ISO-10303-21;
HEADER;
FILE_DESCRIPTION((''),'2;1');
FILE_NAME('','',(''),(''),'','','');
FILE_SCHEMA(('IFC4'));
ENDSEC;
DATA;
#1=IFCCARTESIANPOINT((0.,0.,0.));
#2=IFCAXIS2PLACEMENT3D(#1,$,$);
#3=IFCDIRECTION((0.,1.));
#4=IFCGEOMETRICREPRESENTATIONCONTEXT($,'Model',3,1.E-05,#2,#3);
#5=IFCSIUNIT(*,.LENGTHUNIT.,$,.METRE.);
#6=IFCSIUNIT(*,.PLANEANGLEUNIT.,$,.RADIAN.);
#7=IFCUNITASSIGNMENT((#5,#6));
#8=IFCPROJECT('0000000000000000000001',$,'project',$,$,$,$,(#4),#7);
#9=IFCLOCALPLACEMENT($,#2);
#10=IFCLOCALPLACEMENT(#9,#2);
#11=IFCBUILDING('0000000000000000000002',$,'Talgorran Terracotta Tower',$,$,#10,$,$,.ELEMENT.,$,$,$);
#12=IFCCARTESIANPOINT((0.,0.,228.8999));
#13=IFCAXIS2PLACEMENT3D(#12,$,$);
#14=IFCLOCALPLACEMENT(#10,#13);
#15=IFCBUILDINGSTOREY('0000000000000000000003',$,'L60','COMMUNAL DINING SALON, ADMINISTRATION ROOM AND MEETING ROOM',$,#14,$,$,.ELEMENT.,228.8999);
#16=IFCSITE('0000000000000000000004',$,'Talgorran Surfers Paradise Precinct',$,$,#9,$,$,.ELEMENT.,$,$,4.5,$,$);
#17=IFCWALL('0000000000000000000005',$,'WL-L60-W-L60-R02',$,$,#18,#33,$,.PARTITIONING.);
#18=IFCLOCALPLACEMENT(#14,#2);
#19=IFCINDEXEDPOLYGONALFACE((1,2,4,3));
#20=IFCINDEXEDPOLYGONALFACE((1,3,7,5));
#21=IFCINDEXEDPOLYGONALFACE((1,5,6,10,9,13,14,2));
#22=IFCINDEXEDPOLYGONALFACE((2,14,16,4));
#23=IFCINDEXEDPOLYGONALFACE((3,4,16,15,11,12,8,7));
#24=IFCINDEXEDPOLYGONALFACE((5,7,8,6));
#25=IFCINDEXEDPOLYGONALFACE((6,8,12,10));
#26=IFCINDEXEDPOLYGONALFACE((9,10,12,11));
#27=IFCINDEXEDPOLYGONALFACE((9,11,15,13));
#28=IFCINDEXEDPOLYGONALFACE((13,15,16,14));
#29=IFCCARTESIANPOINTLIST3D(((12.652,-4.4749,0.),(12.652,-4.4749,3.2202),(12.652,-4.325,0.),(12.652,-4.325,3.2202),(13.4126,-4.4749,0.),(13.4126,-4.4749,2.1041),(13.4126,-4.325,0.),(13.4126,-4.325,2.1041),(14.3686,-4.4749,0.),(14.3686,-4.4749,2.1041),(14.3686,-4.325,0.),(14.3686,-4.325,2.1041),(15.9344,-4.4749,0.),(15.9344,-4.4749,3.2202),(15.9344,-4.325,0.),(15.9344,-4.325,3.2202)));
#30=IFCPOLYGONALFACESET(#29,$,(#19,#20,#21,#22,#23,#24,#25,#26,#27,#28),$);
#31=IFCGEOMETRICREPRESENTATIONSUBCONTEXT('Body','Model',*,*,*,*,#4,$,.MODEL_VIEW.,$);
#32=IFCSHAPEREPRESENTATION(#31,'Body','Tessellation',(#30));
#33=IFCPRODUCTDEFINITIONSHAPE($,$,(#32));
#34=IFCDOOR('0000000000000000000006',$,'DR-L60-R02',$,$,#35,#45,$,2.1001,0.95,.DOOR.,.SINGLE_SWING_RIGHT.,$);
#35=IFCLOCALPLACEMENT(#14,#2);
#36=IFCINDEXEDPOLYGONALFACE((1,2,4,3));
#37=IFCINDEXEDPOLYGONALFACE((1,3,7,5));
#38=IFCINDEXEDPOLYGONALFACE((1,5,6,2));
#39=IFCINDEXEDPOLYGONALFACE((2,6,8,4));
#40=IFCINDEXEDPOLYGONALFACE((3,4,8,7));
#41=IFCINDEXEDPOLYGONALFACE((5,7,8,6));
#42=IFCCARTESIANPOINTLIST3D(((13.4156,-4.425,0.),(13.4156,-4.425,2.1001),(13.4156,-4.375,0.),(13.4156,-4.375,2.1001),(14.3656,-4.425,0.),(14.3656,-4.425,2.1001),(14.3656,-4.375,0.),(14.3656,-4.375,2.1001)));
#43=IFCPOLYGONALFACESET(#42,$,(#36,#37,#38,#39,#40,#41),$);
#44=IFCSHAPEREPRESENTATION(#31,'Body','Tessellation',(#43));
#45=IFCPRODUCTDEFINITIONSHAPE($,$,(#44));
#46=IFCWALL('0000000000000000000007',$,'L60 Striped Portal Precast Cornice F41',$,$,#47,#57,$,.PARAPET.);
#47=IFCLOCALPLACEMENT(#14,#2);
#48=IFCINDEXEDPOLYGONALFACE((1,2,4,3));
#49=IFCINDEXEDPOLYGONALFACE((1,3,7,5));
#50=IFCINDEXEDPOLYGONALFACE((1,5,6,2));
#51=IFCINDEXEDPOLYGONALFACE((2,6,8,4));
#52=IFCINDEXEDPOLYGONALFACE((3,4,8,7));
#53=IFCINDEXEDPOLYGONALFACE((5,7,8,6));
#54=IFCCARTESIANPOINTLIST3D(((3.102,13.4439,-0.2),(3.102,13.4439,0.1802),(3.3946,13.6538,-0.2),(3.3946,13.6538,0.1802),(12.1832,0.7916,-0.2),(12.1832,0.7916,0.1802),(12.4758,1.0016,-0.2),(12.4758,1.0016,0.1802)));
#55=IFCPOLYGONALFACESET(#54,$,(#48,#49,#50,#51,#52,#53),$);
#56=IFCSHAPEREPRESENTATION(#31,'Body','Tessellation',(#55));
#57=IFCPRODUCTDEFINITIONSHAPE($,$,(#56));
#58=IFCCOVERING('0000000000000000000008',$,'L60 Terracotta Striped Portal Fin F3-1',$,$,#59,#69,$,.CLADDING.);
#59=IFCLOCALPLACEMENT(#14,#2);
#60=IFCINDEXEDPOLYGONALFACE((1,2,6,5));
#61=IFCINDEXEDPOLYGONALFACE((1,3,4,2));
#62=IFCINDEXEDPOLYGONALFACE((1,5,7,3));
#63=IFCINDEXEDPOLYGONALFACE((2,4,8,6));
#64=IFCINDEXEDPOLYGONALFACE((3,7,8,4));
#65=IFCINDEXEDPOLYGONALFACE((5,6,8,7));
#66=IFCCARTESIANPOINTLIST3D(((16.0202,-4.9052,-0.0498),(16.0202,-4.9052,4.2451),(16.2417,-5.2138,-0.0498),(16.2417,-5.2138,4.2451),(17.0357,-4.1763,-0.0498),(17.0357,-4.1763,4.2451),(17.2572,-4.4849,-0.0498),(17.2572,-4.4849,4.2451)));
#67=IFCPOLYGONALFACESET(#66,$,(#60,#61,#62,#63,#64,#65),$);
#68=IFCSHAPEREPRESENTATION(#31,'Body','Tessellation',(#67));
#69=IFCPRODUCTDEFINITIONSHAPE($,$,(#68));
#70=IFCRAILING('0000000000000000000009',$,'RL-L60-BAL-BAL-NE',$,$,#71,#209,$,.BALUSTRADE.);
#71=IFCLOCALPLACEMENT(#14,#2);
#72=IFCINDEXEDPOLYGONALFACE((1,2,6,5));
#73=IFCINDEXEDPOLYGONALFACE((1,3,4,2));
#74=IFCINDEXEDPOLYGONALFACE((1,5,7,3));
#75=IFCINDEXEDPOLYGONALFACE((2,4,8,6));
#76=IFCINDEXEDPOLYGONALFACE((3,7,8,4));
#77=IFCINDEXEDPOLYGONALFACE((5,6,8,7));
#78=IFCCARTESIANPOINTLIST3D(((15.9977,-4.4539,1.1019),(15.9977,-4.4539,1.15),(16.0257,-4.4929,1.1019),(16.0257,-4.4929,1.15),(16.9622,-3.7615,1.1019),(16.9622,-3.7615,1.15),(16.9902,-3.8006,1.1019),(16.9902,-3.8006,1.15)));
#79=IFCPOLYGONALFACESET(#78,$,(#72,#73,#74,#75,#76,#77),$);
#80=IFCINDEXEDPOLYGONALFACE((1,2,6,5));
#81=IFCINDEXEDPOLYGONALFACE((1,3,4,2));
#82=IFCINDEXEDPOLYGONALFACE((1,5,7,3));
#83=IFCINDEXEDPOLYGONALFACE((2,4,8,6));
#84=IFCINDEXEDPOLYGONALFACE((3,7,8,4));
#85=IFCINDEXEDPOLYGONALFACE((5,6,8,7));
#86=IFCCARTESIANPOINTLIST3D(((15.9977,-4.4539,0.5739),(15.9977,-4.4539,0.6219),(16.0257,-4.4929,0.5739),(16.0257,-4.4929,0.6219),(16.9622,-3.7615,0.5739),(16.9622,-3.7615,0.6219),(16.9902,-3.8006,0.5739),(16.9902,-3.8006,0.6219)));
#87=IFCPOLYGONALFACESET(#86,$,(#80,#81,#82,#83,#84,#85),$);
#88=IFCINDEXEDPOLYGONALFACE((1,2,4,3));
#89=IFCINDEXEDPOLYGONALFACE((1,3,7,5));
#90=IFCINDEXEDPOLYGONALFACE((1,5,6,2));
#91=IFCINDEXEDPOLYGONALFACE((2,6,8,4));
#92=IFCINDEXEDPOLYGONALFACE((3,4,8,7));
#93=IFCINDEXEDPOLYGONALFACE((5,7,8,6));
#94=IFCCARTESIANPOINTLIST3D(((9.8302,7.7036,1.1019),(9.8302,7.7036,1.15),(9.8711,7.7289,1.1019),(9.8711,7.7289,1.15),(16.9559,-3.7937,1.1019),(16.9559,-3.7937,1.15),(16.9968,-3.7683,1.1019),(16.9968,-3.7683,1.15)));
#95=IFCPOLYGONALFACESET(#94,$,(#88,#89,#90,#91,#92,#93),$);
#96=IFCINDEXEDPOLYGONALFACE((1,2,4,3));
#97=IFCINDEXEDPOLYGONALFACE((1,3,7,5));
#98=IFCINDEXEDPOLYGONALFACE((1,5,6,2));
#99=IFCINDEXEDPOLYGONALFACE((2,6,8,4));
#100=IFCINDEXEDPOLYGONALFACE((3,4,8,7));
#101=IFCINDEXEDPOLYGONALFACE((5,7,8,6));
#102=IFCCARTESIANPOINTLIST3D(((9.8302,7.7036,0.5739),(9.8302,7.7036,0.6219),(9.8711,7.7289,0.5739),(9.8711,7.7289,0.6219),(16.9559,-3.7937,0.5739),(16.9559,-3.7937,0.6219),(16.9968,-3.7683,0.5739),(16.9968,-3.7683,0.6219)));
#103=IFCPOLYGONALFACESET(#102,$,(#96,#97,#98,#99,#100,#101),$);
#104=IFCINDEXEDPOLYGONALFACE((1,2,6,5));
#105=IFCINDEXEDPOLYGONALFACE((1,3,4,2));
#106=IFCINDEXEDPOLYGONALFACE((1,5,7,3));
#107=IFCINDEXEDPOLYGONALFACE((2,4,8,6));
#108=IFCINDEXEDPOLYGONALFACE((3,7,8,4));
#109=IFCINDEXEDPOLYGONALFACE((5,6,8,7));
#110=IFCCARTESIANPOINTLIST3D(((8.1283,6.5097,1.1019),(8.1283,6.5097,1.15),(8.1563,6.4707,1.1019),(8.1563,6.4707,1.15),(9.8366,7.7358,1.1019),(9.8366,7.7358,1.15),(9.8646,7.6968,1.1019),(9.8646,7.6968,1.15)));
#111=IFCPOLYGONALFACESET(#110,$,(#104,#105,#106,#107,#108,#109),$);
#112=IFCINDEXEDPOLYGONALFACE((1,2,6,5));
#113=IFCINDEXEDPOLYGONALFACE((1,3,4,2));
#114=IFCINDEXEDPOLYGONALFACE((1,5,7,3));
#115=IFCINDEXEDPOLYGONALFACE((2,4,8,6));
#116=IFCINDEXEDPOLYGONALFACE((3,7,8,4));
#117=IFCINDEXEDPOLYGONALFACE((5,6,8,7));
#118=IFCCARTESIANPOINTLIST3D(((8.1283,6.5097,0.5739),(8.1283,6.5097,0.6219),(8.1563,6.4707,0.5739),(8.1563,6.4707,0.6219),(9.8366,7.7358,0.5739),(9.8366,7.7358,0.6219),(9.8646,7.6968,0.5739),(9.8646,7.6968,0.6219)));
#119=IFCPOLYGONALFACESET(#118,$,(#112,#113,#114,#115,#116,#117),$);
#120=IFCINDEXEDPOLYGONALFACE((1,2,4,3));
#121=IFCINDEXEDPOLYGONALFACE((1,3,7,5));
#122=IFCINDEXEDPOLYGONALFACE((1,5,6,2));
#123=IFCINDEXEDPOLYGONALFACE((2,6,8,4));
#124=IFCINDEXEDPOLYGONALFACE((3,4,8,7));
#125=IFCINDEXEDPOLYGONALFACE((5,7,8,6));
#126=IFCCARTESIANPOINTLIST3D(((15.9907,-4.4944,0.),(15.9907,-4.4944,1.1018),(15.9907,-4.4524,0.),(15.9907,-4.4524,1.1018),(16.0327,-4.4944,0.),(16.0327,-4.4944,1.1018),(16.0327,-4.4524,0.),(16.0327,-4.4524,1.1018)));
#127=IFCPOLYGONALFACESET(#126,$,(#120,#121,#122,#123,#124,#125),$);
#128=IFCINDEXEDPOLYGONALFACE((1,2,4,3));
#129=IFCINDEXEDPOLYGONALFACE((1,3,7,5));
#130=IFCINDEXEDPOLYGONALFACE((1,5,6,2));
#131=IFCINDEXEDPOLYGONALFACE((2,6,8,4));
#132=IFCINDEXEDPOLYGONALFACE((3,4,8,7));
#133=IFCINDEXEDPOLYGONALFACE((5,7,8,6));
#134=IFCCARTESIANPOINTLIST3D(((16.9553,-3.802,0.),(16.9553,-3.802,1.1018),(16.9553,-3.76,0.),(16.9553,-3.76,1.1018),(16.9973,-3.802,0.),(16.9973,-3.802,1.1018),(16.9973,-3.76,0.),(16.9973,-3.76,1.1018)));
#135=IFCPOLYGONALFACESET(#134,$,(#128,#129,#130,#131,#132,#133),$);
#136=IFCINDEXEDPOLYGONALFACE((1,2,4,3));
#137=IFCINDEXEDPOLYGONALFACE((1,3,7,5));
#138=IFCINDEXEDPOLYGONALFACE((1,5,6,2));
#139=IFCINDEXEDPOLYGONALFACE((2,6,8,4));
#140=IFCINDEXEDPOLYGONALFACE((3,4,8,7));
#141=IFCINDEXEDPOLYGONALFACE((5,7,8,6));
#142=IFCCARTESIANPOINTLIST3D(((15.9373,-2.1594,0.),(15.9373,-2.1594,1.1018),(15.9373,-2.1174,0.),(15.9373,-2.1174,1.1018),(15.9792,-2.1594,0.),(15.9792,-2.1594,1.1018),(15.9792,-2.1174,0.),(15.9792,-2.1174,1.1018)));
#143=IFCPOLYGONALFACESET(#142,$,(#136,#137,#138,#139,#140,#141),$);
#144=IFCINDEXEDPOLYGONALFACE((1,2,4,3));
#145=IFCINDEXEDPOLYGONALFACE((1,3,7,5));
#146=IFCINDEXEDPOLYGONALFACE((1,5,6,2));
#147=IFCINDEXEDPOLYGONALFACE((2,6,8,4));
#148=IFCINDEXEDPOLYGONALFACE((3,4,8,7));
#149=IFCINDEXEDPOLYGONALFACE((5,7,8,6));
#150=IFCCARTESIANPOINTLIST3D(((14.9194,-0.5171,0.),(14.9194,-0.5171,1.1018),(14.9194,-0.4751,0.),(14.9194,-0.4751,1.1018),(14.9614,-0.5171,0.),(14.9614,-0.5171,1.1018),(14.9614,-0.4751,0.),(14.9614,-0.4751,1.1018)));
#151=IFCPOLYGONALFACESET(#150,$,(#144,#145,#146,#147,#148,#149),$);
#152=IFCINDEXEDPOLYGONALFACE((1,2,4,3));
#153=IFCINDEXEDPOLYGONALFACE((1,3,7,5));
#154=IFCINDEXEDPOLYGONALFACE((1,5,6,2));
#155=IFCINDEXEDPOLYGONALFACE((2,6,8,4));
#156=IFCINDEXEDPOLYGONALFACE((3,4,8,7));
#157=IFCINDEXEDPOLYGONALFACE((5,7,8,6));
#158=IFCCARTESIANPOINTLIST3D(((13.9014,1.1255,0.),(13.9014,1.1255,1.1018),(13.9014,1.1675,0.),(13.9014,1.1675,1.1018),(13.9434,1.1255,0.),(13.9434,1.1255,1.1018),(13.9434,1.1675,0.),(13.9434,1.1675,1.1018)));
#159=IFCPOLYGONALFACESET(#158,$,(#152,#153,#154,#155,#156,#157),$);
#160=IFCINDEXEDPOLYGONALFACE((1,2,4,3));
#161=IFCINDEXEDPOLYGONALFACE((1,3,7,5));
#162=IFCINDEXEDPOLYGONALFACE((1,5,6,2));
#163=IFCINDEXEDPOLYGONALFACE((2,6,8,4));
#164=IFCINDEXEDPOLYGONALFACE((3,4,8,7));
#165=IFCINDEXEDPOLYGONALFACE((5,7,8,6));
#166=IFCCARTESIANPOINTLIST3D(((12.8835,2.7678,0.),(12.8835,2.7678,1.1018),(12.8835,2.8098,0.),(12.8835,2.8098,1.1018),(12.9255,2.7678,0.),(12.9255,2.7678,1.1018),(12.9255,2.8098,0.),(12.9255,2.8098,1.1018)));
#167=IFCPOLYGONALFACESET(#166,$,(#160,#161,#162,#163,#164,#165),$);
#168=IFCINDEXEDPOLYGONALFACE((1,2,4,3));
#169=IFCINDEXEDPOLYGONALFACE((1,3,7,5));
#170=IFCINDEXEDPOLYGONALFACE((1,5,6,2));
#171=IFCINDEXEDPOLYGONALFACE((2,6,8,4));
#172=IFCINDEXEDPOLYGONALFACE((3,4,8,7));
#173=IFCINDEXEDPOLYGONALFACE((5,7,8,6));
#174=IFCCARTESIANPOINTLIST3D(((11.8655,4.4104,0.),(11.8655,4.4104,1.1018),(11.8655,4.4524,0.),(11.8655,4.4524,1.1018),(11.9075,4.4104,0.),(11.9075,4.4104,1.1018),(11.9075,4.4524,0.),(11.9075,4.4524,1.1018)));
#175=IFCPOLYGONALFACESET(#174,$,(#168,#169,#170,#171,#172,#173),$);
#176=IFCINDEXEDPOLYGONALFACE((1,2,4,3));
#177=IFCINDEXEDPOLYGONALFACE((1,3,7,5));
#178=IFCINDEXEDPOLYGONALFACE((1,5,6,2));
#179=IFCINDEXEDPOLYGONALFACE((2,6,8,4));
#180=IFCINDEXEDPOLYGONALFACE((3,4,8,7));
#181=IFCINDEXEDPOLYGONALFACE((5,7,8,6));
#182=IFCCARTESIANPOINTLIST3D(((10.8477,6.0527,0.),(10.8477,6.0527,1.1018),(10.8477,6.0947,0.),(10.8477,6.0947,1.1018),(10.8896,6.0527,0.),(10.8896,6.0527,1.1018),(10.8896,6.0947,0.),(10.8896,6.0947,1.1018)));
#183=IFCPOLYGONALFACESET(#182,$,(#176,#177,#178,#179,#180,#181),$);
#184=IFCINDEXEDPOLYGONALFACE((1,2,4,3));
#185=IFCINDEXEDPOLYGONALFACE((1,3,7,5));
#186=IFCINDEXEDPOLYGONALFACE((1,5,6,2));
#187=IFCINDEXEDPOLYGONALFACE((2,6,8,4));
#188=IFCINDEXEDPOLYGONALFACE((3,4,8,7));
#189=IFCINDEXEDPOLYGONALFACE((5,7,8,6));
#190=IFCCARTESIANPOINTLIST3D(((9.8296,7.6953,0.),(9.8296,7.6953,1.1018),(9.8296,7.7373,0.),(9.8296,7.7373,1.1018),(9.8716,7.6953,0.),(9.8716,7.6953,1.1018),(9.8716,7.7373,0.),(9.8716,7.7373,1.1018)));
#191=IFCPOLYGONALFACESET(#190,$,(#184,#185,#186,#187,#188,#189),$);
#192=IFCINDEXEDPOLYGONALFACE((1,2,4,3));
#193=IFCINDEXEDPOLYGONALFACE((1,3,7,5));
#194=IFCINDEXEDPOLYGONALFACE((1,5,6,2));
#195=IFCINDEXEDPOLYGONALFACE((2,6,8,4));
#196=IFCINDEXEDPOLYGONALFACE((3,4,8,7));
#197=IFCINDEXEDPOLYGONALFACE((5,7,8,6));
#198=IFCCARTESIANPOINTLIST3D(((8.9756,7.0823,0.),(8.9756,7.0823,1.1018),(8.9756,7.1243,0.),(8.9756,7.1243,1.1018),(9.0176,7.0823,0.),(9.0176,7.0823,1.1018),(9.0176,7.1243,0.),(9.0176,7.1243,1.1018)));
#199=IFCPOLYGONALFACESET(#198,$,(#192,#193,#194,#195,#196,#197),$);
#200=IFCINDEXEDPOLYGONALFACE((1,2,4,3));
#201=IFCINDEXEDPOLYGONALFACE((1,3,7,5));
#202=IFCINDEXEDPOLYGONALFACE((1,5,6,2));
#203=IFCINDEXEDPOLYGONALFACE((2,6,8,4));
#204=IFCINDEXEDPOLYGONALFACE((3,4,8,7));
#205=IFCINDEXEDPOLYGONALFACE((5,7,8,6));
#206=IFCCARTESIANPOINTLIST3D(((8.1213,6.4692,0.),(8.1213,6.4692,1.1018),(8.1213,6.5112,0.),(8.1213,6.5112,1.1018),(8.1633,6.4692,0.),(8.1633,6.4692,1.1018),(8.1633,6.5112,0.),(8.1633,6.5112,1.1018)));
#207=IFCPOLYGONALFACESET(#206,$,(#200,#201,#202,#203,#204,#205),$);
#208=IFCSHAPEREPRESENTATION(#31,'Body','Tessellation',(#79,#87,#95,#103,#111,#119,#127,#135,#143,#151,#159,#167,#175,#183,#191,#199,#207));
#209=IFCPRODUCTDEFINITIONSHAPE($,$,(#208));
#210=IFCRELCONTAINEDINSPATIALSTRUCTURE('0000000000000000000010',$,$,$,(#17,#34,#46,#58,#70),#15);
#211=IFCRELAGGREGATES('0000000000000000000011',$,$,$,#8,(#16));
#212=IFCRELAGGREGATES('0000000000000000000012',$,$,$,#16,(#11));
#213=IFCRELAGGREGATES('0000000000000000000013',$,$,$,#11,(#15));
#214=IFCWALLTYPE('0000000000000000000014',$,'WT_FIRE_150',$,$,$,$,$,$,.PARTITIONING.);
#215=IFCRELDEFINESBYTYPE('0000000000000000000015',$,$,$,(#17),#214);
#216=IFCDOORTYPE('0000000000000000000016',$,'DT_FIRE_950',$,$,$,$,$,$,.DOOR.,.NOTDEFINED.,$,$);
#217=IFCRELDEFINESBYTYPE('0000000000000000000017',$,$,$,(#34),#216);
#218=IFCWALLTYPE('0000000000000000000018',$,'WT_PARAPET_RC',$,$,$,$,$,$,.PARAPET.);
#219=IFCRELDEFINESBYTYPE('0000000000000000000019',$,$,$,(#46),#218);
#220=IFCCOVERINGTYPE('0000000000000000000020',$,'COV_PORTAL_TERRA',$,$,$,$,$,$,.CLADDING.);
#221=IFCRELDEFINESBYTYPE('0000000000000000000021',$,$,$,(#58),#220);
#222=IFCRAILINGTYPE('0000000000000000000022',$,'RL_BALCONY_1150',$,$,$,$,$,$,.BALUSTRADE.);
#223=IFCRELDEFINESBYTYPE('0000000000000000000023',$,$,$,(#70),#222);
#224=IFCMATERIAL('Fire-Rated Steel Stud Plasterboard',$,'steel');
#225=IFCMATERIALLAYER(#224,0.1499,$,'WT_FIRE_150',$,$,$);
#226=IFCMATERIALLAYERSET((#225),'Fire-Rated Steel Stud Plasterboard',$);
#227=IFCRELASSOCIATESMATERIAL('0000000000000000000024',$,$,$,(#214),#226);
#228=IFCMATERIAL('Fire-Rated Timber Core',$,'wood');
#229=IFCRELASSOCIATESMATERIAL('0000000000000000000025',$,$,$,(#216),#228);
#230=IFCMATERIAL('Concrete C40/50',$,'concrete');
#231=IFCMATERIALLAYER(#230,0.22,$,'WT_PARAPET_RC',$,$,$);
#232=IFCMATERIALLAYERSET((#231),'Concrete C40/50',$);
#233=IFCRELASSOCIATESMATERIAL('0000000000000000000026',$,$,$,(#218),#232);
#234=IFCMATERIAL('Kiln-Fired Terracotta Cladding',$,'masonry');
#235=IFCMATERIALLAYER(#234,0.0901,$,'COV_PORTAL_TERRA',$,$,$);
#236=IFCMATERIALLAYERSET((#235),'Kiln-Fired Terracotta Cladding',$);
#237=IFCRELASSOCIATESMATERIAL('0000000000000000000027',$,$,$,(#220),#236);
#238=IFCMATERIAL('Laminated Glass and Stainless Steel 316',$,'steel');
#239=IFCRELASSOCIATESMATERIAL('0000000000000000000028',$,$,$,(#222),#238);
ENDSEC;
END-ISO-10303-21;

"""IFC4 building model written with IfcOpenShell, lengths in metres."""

from ifc_helpers import new_model, si_unit, direction, frame, frame_2d, origin, origin_2d, place, context, subcontext, project, spatial, rectangle, extrude, material, layer, layer_set, type_object, element, fill, save


model = new_model("IFC4")

# Units and contexts
model_context = context("Model", 3, precision=1e-05, world=origin(), true_north=direction((0.0, 1.0)))
body_context = subcontext(model_context, "Body", "Model", "MODEL_VIEW")
ifc_project = project(units=[si_unit("LENGTHUNIT", "METRE"), si_unit("PLANEANGLEUNIT", "RADIAN")], contexts=[model_context])

# Site, building, storey
site_placement = place(None, origin())
site = spatial("IfcSite", under=ifc_project, at=site_placement, Name="Talgorran Surfers Paradise Precinct", CompositionType="ELEMENT", RefElevation=4.5)
building_placement = place(site_placement, origin())
building = spatial("IfcBuilding", under=site, at=building_placement, Name="Talgorran Terracotta Tower", CompositionType="ELEMENT")
storey_placement = place(building_placement, frame((0.0, 0.0, 228.8999)))
storey = spatial("IfcBuildingStorey", under=building, at=storey_placement, Name="L60", Description="COMMUNAL DINING SALON, ADMINISTRATION ROOM AND MEETING ROOM", CompositionType="ELEMENT", Elevation=228.8999)

# Shared definitions
ifc_material_1 = material(Name="Concrete C40/50", Category="concrete")

# Wall, opening, door
ifc_material_2 = material(Name="Fire-Rated Steel Stud Plasterboard", Category="steel")
ifc_layer_1 = layer(ifc_material_2, 0.1499, Name="WT_FIRE_150")
ifc_layer_set_1 = layer_set([ifc_layer_1], Name="Fire-Rated Steel Stud Plasterboard")
wall_type_1 = type_object("IfcWallType", Name="WT_FIRE_150", PredefinedType="PARTITIONING", material=ifc_layer_set_1)
wall_1_placement = place(storey_placement, frame((12.6521, -4.3999, 0.0), z_axis=(0.0, 0.0, 1.0), x_axis=(1.0, 0.0, 0.0)))
wall_1 = element("IfcWall", 1, at=wall_1_placement, inside=storey, type_object=wall_type_1, Name="WL-L60-W-L60-R02", PredefinedType="PARTITIONING", context=body_context, shape_type="SweptSolid", body=[
    extrude(rectangle(XDim=3.2825, YDim=0.1499, at=frame_2d((1.6411, 0.0))), origin(), (0.0, 0.0, 1.0), 3.2202),
])
opening_1_placement = place(wall_1_placement, frame((0.7634, 0.0, 0.0)))
opening_1 = element("IfcOpeningElement", 2, at=opening_1_placement, cuts=wall_1, PredefinedType="OPENING", context=body_context, shape_type="SweptSolid", body=[
    extrude(rectangle(XDim=0.956, YDim=2.1041, at=frame_2d((0.4751, 1.052))), frame((0.0, 0.085, 0.0), z_axis=(0.0, -1.0, 0.0), x_axis=(1.0, 0.0, 0.0)), (0.0, 0.0, 1.0), 0.1699),
])
ifc_material_3 = material(Name="Fire-Rated Timber Core", Category="wood")
door_type_1 = type_object("IfcDoorType", Name="DT_FIRE_950", OperationType="NOTDEFINED", PredefinedType="DOOR", material=ifc_material_3)
door_1_placement = place(opening_1_placement, origin())
door_1 = element("IfcDoor", 3, at=door_1_placement, inside=storey, type_object=door_type_1, Name="DR-L60-R02", OperationType="SINGLE_SWING_RIGHT", OverallHeight=2.1001, OverallWidth=0.95, PredefinedType="DOOR", context=body_context, shape_type="SweptSolid", body=[
    extrude(rectangle(XDim=0.95, YDim=2.1001, at=frame_2d((0.4751, 1.05))), frame((0.0, 0.0249, 0.0), z_axis=(0.0, -1.0, 0.0), x_axis=(1.0, 0.0, 0.0)), (0.0, 0.0, 1.0), 0.05),
])
fill(opening_1, door_1)

# Wall
ifc_layer_2 = layer(ifc_material_1, 0.22, Name="WT_PARAPET_RC")
ifc_layer_set_2 = layer_set([ifc_layer_2], Name="Concrete C40/50")
wall_type_2 = type_object("IfcWallType", Name="WT_PARAPET_RC", PredefinedType="PARAPET", material=ifc_layer_set_2)
wall_2_placement = place(storey_placement, frame((12.3296, 0.8965, -0.2), z_axis=(0.0, 0.0, 1.0), x_axis=(-0.583104, 0.812398, 0.0)))
element("IfcWall", 4, at=wall_2_placement, inside=storey, type_object=wall_type_2, Name="L60 Striped Portal Precast Cornice F41", PredefinedType="PARAPET", context=body_context, shape_type="SweptSolid", body=[
    extrude(rectangle(XDim=15.574, YDim=0.3601, at=frame_2d((7.7871, 0.0))), origin(), (0.0, 0.0, 1.0), 0.3801),
])

# Covering
ifc_material_4 = material(Name="Kiln-Fired Terracotta Cladding", Category="masonry")
ifc_layer_3 = layer(ifc_material_4, 0.0901, Name="COV_PORTAL_TERRA")
ifc_layer_set_3 = layer_set([ifc_layer_3], Name="Kiln-Fired Terracotta Cladding")
covering_type = type_object("IfcCoveringType", Name="COV_PORTAL_TERRA", PredefinedType="CLADDING", material=ifc_layer_set_3)
covering_placement = place(storey_placement, frame((16.6387, -4.6951, -0.0498), z_axis=(0.0, 0.0, 1.0), x_axis=(-0.583116, 0.812389, 0.0)))
element("IfcCovering", 5, at=covering_placement, inside=storey, type_object=covering_type, Name="L60 Terracotta Striped Portal Fin F3-1", PredefinedType="CLADDING", context=body_context, shape_type="SweptSolid", body=[
    extrude(rectangle(XDim=0.3799, YDim=1.25, at=origin_2d()), origin(), (0.0, 0.0, 1.0), 4.2949),
])

# Railing
ifc_material_5 = material(Name="Laminated Glass and Stainless Steel 316", Category="steel")
railing_type = type_object("IfcRailingType", Name="RL_BALCONY_1150", PredefinedType="BALUSTRADE", material=ifc_material_5)
railing_placement = place(storey_placement, frame((16.0117, -4.4734, 0.0)))
element("IfcRailing", 6, at=railing_placement, inside=storey, type_object=railing_type, Name="RL-L60-BAL-BAL-NE", PredefinedType="BALUSTRADE", context=body_context, shape_type="SweptSolid", body=[
    extrude(rectangle(XDim=0.0481, YDim=0.0481, at=origin_2d()), frame((0.0, 0.0, 1.126), z_axis=(0.812384, 0.583123, 0.0), x_axis=(-0.583123, 0.812384, 0.0)), (0.0, 0.0, 1.0), 1.1873),
    extrude(rectangle(XDim=0.0481, YDim=0.0481, at=origin_2d()), frame((0.0, 0.0, 0.5979), z_axis=(0.812384, 0.583123, 0.0), x_axis=(-0.583123, 0.812384, 0.0)), (0.0, 0.0, 1.0), 1.1873),
    extrude(rectangle(XDim=0.0481, YDim=0.0481, at=origin_2d()), frame((0.9646, 0.6924, 1.126), z_axis=(-0.526801, 0.849989, 0.0), x_axis=(-0.849989, -0.526801, 0.0)), (0.0, 0.0, 1.0), 13.5264),
    extrude(rectangle(XDim=0.0481, YDim=0.0481, at=origin_2d()), frame((0.9646, 0.6924, 0.5979), z_axis=(-0.526801, 0.849989, 0.0), x_axis=(-0.849989, -0.526801, 0.0)), (0.0, 0.0, 1.0), 13.5264),
    extrude(rectangle(XDim=0.0481, YDim=0.0481, at=origin_2d()), frame((-6.1611, 12.1897, 1.126), z_axis=(-0.812406, -0.583093, 0.0), x_axis=(0.583093, -0.812406, 0.0)), (0.0, 0.0, 1.0), 2.1028),
    extrude(rectangle(XDim=0.0481, YDim=0.0481, at=origin_2d()), frame((-6.1611, 12.1897, 0.5979), z_axis=(-0.812406, -0.583093, 0.0), x_axis=(0.583093, -0.812406, 0.0)), (0.0, 0.0, 1.0), 2.1028),
    extrude(rectangle(XDim=0.042, YDim=0.042, at=origin_2d()), origin(), (0.0, 0.0, 1.0), 1.1018),
    extrude(rectangle(XDim=0.042, YDim=0.042, at=origin_2d()), frame((0.9646, 0.6924, 0.0)), (0.0, 0.0, 1.0), 1.1018),
    extrude(rectangle(XDim=0.042, YDim=0.042, at=origin_2d()), frame((-0.0535, 2.335, 0.0)), (0.0, 0.0, 1.0), 1.1018),
    extrude(rectangle(XDim=0.042, YDim=0.042, at=origin_2d()), frame((-1.0713, 3.9773, 0.0)), (0.0, 0.0, 1.0), 1.1018),
    extrude(rectangle(XDim=0.042, YDim=0.042, at=origin_2d()), frame((-2.0894, 5.6199, 0.0)), (0.0, 0.0, 1.0), 1.1018),
    extrude(rectangle(XDim=0.042, YDim=0.042, at=origin_2d()), frame((-3.1072, 7.2622, 0.0)), (0.0, 0.0, 1.0), 1.1018),
    extrude(rectangle(XDim=0.042, YDim=0.042, at=origin_2d()), frame((-4.1252, 8.9048, 0.0)), (0.0, 0.0, 1.0), 1.1018),
    extrude(rectangle(XDim=0.042, YDim=0.042, at=origin_2d()), frame((-5.1431, 10.5471, 0.0)), (0.0, 0.0, 1.0), 1.1018),
    extrude(rectangle(XDim=0.042, YDim=0.042, at=origin_2d()), frame((-6.1611, 12.1897, 0.0)), (0.0, 0.0, 1.0), 1.1018),
    extrude(rectangle(XDim=0.042, YDim=0.042, at=origin_2d()), frame((-7.0151, 11.5767, 0.0)), (0.0, 0.0, 1.0), 1.1018),
    extrude(rectangle(XDim=0.042, YDim=0.042, at=origin_2d()), frame((-7.8694, 10.9636, 0.0)), (0.0, 0.0, 1.0), 1.1018),
])

save(model, "model.ifc")
